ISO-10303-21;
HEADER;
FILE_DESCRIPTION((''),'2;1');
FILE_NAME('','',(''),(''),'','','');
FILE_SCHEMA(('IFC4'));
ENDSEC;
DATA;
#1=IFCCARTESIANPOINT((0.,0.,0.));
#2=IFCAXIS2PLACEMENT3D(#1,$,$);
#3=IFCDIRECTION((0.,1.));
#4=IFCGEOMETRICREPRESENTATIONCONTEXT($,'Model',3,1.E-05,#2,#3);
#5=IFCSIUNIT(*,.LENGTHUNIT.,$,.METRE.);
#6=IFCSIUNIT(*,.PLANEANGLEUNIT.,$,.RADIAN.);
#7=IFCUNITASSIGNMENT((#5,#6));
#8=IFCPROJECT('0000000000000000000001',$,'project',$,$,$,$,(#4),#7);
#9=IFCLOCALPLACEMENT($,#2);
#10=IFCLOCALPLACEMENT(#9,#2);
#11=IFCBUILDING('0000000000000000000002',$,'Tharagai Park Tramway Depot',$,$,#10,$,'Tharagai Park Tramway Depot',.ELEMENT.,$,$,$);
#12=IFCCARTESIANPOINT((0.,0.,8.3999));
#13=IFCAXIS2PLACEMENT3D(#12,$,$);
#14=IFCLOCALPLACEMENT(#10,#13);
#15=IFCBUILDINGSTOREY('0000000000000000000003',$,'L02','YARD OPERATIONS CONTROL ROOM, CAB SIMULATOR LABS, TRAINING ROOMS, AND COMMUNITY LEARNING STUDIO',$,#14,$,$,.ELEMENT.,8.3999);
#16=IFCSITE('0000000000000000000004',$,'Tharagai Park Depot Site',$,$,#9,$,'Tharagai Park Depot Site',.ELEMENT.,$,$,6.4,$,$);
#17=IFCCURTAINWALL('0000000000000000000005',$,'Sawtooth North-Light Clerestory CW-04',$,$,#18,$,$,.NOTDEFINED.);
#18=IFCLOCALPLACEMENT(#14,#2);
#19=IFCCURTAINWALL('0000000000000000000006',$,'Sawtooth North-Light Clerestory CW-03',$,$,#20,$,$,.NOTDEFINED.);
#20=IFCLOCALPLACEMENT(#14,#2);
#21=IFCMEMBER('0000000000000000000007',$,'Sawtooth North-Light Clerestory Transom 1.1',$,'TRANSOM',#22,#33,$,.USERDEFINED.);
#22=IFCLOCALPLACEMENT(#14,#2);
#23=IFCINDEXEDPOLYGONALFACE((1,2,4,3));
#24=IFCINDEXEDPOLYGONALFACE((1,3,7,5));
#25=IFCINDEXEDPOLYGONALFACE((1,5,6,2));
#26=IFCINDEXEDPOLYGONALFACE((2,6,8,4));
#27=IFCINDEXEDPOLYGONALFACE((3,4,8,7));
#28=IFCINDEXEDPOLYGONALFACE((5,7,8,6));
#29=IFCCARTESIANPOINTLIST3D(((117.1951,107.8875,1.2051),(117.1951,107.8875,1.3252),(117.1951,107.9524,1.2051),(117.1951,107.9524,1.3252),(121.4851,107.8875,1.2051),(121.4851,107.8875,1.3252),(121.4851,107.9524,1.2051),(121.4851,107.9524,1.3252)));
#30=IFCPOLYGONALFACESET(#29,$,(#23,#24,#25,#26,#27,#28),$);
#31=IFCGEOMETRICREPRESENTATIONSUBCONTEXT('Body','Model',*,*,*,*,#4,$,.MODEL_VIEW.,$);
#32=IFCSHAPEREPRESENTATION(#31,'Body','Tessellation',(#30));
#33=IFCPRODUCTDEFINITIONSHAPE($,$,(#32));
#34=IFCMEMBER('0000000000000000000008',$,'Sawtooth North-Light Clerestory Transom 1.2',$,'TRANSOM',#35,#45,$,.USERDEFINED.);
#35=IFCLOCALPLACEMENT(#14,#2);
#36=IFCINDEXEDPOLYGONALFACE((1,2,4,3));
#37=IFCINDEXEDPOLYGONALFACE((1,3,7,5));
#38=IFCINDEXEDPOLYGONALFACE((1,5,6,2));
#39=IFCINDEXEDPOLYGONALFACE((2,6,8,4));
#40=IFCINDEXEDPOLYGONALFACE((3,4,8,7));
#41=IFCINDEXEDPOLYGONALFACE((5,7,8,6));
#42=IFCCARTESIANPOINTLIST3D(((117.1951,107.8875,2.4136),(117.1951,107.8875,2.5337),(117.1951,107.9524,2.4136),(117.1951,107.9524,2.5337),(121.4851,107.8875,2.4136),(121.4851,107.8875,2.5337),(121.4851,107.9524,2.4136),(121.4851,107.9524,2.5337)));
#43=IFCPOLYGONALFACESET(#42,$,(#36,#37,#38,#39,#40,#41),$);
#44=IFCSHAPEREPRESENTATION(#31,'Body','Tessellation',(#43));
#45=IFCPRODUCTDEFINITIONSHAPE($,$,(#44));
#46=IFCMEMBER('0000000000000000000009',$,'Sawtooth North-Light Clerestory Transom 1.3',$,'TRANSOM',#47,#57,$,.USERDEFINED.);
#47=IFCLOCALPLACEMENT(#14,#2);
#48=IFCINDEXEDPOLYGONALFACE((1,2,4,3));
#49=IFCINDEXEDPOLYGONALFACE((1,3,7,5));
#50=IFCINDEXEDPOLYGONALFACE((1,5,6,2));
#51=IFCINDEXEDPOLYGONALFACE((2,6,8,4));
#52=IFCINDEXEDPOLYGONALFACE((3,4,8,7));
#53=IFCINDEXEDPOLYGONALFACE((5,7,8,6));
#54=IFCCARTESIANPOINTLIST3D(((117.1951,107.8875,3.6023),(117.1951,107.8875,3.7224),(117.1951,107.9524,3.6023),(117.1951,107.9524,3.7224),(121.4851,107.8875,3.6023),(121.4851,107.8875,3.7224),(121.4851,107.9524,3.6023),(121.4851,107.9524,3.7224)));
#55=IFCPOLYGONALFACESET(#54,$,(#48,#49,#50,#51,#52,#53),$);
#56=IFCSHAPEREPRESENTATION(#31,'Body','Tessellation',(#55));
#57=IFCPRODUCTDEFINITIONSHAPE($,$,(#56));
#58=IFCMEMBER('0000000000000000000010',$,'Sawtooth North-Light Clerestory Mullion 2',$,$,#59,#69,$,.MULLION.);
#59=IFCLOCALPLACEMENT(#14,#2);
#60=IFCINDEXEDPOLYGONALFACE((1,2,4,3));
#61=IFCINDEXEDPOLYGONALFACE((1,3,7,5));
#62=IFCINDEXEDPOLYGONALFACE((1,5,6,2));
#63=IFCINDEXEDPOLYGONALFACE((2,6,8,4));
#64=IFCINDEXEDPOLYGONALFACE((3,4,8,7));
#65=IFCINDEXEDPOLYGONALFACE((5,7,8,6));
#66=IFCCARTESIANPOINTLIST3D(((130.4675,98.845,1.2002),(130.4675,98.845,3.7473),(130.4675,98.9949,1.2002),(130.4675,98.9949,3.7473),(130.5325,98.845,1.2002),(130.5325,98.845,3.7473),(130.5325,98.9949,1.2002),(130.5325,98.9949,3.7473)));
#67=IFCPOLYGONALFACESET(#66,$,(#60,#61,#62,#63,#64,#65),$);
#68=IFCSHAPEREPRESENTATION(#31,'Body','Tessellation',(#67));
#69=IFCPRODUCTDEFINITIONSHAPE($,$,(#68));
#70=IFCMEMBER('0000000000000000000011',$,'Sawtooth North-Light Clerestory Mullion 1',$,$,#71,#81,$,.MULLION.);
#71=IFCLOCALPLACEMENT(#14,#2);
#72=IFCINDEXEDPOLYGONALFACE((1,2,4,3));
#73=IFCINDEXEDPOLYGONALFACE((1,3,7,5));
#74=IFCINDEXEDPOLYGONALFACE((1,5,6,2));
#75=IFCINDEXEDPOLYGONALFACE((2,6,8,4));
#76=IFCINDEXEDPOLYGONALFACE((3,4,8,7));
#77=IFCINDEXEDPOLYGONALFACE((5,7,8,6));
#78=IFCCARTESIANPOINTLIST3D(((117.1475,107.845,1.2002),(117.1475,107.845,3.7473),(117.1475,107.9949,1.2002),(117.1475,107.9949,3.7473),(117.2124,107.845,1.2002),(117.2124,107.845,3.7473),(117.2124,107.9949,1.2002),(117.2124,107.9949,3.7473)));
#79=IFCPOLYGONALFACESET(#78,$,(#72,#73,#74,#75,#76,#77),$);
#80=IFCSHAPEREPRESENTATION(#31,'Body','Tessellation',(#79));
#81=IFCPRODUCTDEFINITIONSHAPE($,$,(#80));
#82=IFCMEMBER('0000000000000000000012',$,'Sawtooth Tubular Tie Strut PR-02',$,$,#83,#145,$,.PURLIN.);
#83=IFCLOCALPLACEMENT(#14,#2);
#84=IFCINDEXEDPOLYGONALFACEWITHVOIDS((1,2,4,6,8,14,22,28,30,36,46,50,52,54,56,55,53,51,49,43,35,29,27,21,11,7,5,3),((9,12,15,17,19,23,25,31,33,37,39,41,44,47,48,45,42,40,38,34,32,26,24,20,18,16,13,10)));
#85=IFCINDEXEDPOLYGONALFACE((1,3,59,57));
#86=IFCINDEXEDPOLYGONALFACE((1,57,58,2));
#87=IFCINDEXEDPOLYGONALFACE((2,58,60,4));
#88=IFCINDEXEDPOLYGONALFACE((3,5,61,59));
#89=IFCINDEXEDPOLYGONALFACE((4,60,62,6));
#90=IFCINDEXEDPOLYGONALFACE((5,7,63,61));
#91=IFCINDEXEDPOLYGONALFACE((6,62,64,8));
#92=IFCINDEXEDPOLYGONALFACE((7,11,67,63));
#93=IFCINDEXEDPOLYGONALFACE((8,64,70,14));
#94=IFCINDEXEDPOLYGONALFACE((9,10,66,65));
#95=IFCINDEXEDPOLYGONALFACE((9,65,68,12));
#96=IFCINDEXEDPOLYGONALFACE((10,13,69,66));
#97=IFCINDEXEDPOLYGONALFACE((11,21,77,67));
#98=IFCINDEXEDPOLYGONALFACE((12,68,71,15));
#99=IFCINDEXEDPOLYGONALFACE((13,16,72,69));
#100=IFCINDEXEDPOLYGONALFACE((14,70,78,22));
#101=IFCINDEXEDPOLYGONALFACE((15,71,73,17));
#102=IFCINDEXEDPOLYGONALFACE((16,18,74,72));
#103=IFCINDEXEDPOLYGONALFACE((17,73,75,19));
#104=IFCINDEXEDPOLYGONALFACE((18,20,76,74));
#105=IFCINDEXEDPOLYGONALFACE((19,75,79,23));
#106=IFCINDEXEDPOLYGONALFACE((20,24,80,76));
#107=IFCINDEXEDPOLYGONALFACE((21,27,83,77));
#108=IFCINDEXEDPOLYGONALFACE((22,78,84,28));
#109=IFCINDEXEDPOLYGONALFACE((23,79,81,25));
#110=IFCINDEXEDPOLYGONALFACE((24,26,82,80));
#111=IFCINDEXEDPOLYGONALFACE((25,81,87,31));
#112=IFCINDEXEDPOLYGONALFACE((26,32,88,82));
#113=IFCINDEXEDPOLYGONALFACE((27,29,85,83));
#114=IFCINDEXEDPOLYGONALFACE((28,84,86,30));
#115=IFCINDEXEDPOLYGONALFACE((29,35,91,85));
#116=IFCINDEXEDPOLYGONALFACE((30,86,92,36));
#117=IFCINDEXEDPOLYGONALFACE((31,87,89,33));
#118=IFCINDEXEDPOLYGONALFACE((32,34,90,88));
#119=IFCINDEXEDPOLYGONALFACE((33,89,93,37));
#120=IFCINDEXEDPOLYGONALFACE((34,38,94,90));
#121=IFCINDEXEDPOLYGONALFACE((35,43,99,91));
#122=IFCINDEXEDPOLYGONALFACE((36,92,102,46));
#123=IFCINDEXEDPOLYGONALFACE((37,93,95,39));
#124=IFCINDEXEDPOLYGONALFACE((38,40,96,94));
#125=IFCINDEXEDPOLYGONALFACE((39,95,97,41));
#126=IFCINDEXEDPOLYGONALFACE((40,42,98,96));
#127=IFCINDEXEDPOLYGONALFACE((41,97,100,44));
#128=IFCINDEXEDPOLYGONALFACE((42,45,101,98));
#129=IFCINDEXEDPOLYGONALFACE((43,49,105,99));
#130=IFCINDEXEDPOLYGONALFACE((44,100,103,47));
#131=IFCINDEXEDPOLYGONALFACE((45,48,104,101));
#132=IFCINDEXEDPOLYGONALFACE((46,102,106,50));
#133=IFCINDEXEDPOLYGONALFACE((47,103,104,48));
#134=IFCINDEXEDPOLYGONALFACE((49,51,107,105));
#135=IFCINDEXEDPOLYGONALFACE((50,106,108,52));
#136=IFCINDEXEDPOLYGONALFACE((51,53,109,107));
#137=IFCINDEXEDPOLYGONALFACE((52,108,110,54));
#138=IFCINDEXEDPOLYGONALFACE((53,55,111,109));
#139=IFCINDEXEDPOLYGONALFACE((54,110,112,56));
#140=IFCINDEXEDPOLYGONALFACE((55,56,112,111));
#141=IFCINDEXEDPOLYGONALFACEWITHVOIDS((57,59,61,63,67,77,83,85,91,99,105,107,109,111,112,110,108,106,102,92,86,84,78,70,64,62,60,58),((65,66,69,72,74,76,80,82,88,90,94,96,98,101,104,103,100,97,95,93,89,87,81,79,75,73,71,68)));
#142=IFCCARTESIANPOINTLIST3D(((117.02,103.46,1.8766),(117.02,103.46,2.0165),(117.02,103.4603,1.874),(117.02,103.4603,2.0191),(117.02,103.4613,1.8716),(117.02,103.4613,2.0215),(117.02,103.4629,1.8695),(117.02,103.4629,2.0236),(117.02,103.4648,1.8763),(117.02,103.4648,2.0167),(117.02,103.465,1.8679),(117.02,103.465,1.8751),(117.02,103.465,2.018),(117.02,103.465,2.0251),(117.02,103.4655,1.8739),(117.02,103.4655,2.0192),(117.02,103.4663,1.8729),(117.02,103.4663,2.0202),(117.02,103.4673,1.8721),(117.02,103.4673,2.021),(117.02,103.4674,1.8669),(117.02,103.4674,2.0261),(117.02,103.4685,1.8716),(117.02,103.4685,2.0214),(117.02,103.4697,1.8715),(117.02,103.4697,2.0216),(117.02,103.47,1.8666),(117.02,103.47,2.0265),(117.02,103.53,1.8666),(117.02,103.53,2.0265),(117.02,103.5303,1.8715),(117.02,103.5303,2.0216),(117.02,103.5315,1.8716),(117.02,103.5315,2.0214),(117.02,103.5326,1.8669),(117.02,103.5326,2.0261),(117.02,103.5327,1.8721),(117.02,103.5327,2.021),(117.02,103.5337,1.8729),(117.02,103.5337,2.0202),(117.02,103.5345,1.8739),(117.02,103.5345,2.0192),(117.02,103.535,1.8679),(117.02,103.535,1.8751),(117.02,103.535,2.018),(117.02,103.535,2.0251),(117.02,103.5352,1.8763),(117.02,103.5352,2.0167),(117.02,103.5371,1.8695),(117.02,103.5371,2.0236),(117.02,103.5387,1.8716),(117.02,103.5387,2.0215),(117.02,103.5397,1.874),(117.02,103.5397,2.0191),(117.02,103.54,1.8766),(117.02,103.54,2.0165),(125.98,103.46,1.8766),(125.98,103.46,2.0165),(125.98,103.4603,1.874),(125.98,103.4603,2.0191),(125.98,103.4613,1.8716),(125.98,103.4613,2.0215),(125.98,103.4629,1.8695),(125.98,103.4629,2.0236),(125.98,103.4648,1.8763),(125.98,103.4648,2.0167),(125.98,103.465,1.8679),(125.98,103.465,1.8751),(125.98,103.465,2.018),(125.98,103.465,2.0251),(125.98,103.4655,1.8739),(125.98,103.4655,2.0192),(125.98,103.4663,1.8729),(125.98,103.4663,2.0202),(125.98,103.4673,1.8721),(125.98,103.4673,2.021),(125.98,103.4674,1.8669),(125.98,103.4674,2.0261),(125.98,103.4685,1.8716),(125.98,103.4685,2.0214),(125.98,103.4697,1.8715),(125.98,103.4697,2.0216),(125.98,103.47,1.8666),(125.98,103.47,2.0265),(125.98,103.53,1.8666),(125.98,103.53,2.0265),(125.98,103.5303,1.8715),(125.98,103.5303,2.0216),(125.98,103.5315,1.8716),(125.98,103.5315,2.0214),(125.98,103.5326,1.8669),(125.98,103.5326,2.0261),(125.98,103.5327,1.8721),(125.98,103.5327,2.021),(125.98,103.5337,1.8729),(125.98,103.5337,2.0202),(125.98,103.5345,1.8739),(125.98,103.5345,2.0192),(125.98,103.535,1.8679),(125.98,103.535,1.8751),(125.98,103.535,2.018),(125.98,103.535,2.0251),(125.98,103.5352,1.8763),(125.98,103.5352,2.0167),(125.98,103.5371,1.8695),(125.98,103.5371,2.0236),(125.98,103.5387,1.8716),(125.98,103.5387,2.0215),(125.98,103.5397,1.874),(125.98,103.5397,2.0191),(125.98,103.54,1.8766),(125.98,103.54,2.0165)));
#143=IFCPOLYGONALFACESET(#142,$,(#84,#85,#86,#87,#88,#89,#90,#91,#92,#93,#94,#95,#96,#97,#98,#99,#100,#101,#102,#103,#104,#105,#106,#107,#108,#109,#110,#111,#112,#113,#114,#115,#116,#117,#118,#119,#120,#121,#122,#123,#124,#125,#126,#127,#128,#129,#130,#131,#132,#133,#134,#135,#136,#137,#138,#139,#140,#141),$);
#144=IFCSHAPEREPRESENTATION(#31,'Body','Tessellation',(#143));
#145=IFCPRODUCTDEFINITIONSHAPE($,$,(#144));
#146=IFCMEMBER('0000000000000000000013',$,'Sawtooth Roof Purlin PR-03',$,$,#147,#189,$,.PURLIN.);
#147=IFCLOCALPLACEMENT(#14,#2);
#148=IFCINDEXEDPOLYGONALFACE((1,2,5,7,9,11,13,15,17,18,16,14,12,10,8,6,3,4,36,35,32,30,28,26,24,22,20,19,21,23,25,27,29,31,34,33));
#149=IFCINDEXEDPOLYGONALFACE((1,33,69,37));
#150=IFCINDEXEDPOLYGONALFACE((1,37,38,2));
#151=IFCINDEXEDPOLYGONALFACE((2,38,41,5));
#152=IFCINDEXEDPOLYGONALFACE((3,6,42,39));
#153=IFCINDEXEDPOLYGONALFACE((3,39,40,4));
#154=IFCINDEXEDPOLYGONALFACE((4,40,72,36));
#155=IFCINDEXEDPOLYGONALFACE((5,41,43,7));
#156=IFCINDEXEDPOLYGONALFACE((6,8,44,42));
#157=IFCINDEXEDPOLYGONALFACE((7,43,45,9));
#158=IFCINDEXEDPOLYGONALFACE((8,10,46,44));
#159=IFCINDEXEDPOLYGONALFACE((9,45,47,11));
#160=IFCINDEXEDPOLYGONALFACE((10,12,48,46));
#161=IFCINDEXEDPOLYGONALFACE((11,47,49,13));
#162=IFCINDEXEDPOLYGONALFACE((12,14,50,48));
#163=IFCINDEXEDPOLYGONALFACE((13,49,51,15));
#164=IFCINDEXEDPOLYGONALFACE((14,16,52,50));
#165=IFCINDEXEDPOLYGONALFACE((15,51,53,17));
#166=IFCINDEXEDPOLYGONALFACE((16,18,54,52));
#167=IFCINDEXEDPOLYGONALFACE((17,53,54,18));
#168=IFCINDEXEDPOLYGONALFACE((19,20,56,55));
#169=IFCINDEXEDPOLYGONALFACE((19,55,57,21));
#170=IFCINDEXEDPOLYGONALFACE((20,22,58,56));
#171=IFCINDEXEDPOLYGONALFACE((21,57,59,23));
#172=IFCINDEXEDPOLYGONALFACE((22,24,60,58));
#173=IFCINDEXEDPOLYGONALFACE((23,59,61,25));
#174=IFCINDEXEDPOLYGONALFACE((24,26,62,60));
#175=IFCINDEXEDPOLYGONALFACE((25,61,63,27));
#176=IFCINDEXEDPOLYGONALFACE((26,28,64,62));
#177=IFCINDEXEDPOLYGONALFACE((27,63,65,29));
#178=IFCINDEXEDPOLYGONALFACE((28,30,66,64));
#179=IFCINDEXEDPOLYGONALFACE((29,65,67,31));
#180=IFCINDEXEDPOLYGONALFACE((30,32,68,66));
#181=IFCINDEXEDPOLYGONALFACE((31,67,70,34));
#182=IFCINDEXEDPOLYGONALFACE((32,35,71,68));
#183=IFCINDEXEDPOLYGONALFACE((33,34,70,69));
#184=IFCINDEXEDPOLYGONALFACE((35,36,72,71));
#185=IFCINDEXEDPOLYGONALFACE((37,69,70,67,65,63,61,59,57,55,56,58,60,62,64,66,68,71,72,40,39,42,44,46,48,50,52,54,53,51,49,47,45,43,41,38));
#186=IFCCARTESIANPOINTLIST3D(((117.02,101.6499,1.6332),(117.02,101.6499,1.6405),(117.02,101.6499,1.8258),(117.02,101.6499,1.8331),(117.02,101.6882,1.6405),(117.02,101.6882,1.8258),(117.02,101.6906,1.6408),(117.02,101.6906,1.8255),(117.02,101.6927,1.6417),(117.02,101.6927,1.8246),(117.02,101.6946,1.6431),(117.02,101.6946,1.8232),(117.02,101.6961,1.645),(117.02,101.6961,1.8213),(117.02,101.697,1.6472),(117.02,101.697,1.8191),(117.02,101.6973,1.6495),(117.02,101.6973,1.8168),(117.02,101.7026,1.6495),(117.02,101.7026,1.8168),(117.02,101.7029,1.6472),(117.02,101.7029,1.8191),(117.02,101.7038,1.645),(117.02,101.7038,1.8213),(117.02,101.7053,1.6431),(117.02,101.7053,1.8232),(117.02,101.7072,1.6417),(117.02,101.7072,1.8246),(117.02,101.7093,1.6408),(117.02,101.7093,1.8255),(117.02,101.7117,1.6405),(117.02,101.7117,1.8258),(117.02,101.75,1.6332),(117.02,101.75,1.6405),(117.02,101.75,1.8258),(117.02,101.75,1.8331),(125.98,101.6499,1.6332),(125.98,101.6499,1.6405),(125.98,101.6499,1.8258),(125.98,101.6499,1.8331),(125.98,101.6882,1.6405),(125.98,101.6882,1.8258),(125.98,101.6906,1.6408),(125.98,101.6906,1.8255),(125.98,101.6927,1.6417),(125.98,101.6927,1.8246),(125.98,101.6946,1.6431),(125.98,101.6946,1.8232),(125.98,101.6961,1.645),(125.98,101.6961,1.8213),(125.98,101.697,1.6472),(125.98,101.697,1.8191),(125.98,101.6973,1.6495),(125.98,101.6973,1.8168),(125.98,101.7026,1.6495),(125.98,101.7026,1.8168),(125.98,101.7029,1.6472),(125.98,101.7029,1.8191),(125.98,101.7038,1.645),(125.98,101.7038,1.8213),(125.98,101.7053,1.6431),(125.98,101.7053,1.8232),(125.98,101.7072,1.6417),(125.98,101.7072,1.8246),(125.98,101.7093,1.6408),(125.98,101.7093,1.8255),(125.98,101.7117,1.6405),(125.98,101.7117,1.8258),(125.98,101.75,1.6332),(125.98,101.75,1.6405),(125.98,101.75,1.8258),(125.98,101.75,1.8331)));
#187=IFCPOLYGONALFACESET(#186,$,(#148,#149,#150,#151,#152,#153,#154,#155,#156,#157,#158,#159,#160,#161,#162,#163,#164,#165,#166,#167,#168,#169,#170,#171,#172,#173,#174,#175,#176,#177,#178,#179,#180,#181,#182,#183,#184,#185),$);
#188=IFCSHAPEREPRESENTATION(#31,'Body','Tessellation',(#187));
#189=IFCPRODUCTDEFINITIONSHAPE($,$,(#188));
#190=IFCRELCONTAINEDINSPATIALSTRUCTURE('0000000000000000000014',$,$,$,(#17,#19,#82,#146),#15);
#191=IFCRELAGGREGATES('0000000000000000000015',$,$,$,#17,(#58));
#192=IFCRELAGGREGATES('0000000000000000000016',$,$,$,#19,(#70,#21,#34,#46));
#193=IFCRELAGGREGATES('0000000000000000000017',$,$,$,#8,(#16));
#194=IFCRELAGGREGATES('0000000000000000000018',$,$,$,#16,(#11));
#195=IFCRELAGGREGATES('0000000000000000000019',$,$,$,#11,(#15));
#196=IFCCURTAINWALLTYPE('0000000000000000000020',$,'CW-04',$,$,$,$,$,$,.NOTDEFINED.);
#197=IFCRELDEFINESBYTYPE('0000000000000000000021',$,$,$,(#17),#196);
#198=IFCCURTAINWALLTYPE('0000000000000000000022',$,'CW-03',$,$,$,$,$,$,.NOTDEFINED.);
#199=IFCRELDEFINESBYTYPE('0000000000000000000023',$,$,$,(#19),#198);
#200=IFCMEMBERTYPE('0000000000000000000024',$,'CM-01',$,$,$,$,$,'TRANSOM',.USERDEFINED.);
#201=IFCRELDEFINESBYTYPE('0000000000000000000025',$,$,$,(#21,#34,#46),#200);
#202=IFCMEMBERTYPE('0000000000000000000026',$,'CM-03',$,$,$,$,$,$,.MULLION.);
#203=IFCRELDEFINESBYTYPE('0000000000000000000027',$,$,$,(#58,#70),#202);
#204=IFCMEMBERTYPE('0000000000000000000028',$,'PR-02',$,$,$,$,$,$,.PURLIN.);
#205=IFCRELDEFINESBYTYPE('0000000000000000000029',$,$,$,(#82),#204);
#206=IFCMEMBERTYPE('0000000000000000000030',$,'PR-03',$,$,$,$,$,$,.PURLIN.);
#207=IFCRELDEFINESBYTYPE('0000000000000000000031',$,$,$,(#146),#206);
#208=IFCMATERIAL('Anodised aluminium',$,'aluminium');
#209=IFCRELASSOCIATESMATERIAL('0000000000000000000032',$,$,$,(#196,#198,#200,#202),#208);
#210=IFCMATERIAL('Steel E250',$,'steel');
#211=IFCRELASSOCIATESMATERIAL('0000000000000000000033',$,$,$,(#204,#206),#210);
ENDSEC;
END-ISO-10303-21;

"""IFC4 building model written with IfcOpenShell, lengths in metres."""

from ifc_helpers import new_model, si_unit, direction, frame, origin, origin_2d, place, context, subcontext, project, spatial, rectangle, hollow_rectangle, i_section, extrude, material, material_profile, profile_set, type_object, element, aggregate, save


model = new_model("IFC4")

# Units and contexts
model_context = context("Model", 3, precision=1e-05, world=origin(), true_north=direction((0.0, 1.0)))
body_context = subcontext(model_context, "Body", "Model", "MODEL_VIEW")
ifc_project = project(units=[si_unit("LENGTHUNIT", "METRE"), si_unit("PLANEANGLEUNIT", "RADIAN")], contexts=[model_context])

# Site, building, storey
site_placement = place(None, origin())
site = spatial("IfcSite", under=ifc_project, at=site_placement, Name="Tharagai Park Depot Site", LongName="Tharagai Park Depot Site", CompositionType="ELEMENT", RefElevation=6.4)
building_placement = place(site_placement, origin())
building = spatial("IfcBuilding", under=site, at=building_placement, Name="Tharagai Park Tramway Depot", LongName="Tharagai Park Tramway Depot", CompositionType="ELEMENT")
storey_placement = place(building_placement, frame((0.0, 0.0, 8.3999)))
storey = spatial("IfcBuildingStorey", under=building, at=storey_placement, Name="L02", Description="YARD OPERATIONS CONTROL ROOM, CAB SIMULATOR LABS, TRAINING ROOMS, AND COMMUNITY LEARNING STUDIO", CompositionType="ELEMENT", Elevation=8.3999)

# Curtain walls, members
ifc_material_1 = material(Name="Anodised aluminium", Category="aluminium")
curtain_wall_type_1 = type_object("IfcCurtainWallType", Name="CW-04", PredefinedType="NOTDEFINED", material=ifc_material_1)
curtain_wall_1_placement = place(storey_placement, origin())
curtain_wall_1 = element("IfcCurtainWall", 1, at=curtain_wall_1_placement, inside=storey, type_object=curtain_wall_type_1, Name="Sawtooth North-Light Clerestory CW-04", PredefinedType="NOTDEFINED")
ifc_material_profile_1 = material_profile(ifc_material_1, rectangle(XDim=0.0649, YDim=0.1201, at=origin_2d()), Name="ALU 65x120")
ifc_profile_set_1 = profile_set([ifc_material_profile_1], Name="Anodised aluminium")
member_type_1 = type_object("IfcMemberType", Name="CM-01", ElementType="TRANSOM", PredefinedType="USERDEFINED", material=ifc_profile_set_1)
curtain_wall_type_2 = type_object("IfcCurtainWallType", Name="CW-03", PredefinedType="NOTDEFINED", material=ifc_material_1)
curtain_wall_2_placement = place(storey_placement, origin())
curtain_wall_2 = element("IfcCurtainWall", 2, at=curtain_wall_2_placement, inside=storey, type_object=curtain_wall_type_2, Name="Sawtooth North-Light Clerestory CW-03", PredefinedType="NOTDEFINED")
member_1_placement = place(storey_placement, frame((117.1951, 107.9199, 1.2651), z_axis=(1.0, 0.0, 0.0), x_axis=(0.0, 1.0, 0.0)))
member_1 = element("IfcMember", 3, at=member_1_placement, type_object=member_type_1, Name="Sawtooth North-Light Clerestory Transom 1.1", ObjectType="TRANSOM", PredefinedType="USERDEFINED", context=body_context, shape_type="SweptSolid", body=[
    extrude(rectangle(XDim=0.0649, YDim=0.1201, at=origin_2d()), origin(), (0.0, 0.0, 1.0), 4.29),
])
member_2_placement = place(storey_placement, frame((117.1951, 107.9199, 2.4736), z_axis=(1.0, 0.0, 0.0), x_axis=(0.0, 1.0, 0.0)))
member_2 = element("IfcMember", 4, at=member_2_placement, type_object=member_type_1, Name="Sawtooth North-Light Clerestory Transom 1.2", ObjectType="TRANSOM", PredefinedType="USERDEFINED", context=body_context, shape_type="SweptSolid", body=[
    extrude(rectangle(XDim=0.0649, YDim=0.1201, at=origin_2d()), origin(), (0.0, 0.0, 1.0), 4.29),
])
member_3_placement = place(storey_placement, frame((117.1951, 107.9199, 3.6624), z_axis=(1.0, 0.0, 0.0), x_axis=(0.0, 1.0, 0.0)))
member_3 = element("IfcMember", 5, at=member_3_placement, type_object=member_type_1, Name="Sawtooth North-Light Clerestory Transom 1.3", ObjectType="TRANSOM", PredefinedType="USERDEFINED", context=body_context, shape_type="SweptSolid", body=[
    extrude(rectangle(XDim=0.0649, YDim=0.1201, at=origin_2d()), origin(), (0.0, 0.0, 1.0), 4.29),
])

# Members
ifc_material_profile_2 = material_profile(ifc_material_1, rectangle(XDim=0.0649, YDim=0.1499, at=origin_2d()), Name="ALU 65x150")
ifc_profile_set_2 = profile_set([ifc_material_profile_2], Name="Anodised aluminium")
member_type_2 = type_object("IfcMemberType", Name="CM-03", PredefinedType="MULLION", material=ifc_profile_set_2)
member_4_placement = place(storey_placement, frame((130.5, 98.9199, 1.2002), z_axis=(0.0, 0.0, 1.0), x_axis=(1.0, 0.0, 0.0)))
member_4 = element("IfcMember", 6, at=member_4_placement, type_object=member_type_2, Name="Sawtooth North-Light Clerestory Mullion 2", PredefinedType="MULLION", context=body_context, shape_type="SweptSolid", body=[
    extrude(rectangle(XDim=0.0649, YDim=0.1499, at=origin_2d()), origin(), (0.0, 0.0, 1.0), 2.5471),
])
member_5_placement = place(storey_placement, frame((117.1799, 107.9199, 1.2002), z_axis=(0.0, 0.0, 1.0), x_axis=(1.0, 0.0, 0.0)))
member_5 = element("IfcMember", 7, at=member_5_placement, type_object=member_type_2, Name="Sawtooth North-Light Clerestory Mullion 1", PredefinedType="MULLION", context=body_context, shape_type="SweptSolid", body=[
    extrude(rectangle(XDim=0.0649, YDim=0.1499, at=origin_2d()), origin(), (0.0, 0.0, 1.0), 2.5471),
])

# Members
ifc_material_2 = material(Name="Steel E250", Category="steel")
ifc_material_profile_3 = material_profile(ifc_material_2, hollow_rectangle(XDim=0.0801, YDim=0.1599, WallThickness=0.0049, InnerFilletRadius=0.0049, OuterFilletRadius=0.01, at=origin_2d()), Name="RHS 160x80x5")
ifc_profile_set_3 = profile_set([ifc_material_profile_3], Name="Steel E250")
member_type_3 = type_object("IfcMemberType", Name="PR-02", PredefinedType="PURLIN", material=ifc_profile_set_3)
member_6_placement = place(storey_placement, frame((117.02, 103.5, 1.9465), z_axis=(1.0, 0.0, 0.0), x_axis=(0.0, 1.0, 0.0)))
element("IfcMember", 8, at=member_6_placement, inside=storey, type_object=member_type_3, Name="Sawtooth Tubular Tie Strut PR-02", PredefinedType="PURLIN", context=body_context, shape_type="SweptSolid", body=[
    extrude(hollow_rectangle(XDim=0.0801, YDim=0.1599, WallThickness=0.0049, InnerFilletRadius=0.0049, OuterFilletRadius=0.01, at=origin_2d()), origin(), (0.0, 0.0, 1.0), 8.96),
])
ifc_material_profile_4 = material_profile(ifc_material_2, i_section(OverallWidth=0.1001, OverallDepth=0.2, WebThickness=0.0054, FlangeThickness=0.0073, FilletRadius=0.009, at=origin_2d()), Name="ISLB 200")
ifc_profile_set_4 = profile_set([ifc_material_profile_4], Name="Steel E250")
member_type_4 = type_object("IfcMemberType", Name="PR-03", PredefinedType="PURLIN", material=ifc_profile_set_4)
for number, where, z_axis, x_axis, name in (
    (9, (117.02, 101.7, 1.7332), (1.0, 0.0, 0.0), (0.0, 1.0, 0.0), "Sawtooth Roof Purlin PR-03"),
):
    element("IfcMember", number, at=place(storey_placement, frame(where, z_axis=z_axis, x_axis=x_axis)), inside=storey, type_object=member_type_4, Name=name, PredefinedType="PURLIN", context=body_context, shape_type="SweptSolid", body=[
        extrude(i_section(OverallWidth=0.1001, OverallDepth=0.2, WebThickness=0.0054, FlangeThickness=0.0073, FilletRadius=0.009, at=origin_2d()), origin(), (0.0, 0.0, 1.0), 8.96),
    ])

aggregate(curtain_wall_1, [member_4])
aggregate(curtain_wall_2, [member_5, member_1, member_2, member_3])

save(model, "model.ifc")
